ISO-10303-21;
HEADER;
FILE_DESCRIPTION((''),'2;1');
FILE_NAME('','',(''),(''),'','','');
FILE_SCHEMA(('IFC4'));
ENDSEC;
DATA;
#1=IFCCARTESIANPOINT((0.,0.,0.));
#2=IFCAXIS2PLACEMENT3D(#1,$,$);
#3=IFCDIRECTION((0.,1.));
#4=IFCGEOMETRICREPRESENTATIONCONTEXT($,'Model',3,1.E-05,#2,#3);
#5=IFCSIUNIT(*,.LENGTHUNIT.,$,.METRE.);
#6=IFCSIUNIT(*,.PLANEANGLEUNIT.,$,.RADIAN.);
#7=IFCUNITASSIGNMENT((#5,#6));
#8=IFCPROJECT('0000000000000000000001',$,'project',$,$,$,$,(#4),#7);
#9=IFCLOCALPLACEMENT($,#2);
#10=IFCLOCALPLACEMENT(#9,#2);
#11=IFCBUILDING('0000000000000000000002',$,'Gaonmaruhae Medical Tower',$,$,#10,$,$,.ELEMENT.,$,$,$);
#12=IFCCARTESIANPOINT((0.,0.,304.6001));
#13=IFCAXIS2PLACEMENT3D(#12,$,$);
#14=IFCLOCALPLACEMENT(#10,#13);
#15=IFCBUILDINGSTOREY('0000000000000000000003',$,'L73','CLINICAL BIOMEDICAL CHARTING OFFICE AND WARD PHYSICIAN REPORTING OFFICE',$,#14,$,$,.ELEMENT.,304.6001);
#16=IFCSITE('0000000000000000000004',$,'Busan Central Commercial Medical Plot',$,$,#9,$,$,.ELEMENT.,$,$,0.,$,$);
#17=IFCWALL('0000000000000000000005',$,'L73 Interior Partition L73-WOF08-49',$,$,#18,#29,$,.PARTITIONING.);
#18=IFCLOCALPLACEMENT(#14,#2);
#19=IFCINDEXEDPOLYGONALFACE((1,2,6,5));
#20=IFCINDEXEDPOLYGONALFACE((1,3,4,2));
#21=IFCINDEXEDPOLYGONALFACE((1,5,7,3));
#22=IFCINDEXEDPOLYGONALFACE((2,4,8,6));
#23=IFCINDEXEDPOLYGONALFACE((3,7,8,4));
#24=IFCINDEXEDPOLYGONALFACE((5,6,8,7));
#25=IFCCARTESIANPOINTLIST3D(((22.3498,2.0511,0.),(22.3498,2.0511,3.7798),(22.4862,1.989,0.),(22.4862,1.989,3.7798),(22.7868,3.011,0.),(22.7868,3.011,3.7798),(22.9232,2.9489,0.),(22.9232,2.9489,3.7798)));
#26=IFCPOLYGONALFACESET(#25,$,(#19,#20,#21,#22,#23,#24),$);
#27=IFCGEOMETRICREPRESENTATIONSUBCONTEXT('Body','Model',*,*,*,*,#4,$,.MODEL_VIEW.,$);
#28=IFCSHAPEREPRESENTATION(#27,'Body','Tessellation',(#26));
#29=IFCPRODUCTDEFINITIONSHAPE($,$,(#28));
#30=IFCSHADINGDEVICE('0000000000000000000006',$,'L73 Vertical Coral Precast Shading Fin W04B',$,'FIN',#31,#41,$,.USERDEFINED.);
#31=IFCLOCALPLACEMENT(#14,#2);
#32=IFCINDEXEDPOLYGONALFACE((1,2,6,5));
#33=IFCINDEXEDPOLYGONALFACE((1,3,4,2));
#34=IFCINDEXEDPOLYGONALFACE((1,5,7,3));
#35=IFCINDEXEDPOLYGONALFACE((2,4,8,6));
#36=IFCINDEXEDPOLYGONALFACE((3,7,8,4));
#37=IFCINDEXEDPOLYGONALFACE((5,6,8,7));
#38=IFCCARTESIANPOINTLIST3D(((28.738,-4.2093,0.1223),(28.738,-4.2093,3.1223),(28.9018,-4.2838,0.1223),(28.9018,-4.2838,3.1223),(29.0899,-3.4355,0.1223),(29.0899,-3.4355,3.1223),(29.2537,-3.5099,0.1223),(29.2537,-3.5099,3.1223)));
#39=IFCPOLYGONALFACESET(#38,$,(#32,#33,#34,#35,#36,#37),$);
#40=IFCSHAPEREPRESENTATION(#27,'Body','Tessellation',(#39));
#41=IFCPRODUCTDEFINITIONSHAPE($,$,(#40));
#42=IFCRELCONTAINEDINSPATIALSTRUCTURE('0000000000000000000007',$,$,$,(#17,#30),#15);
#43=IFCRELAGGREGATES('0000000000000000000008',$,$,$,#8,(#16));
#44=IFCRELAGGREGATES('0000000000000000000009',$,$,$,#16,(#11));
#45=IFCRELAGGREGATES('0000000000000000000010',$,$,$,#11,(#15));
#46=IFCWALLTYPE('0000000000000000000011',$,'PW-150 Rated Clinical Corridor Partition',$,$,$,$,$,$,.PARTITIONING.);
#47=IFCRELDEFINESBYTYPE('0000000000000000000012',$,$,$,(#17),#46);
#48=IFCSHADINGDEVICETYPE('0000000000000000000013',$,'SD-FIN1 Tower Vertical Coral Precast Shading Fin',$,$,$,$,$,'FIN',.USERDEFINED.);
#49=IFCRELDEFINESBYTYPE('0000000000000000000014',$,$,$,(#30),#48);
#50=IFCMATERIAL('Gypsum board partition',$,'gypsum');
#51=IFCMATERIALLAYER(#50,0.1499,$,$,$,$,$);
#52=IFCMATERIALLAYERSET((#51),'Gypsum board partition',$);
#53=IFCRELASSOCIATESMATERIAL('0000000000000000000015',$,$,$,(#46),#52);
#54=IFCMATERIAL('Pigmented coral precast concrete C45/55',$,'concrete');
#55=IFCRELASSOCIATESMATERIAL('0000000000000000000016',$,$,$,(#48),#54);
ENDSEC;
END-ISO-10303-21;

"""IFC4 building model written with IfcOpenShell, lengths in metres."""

from ifc_helpers import new_model, si_unit, direction, frame, frame_2d, origin, origin_2d, place, context, subcontext, project, spatial, rectangle, extrude, material, layer, layer_set, type_object, element, save


model = new_model("IFC4")

# Units and contexts
model_context = context("Model", 3, precision=1e-05, world=origin(), true_north=direction((0.0, 1.0)))
body_context = subcontext(model_context, "Body", "Model", "MODEL_VIEW")
ifc_project = project(units=[si_unit("LENGTHUNIT", "METRE"), si_unit("PLANEANGLEUNIT", "RADIAN")], contexts=[model_context])

# Site, building, storey
site_placement = place(None, origin())
site = spatial("IfcSite", under=ifc_project, at=site_placement, Name="Busan Central Commercial Medical Plot", CompositionType="ELEMENT", RefElevation=0.0)
building_placement = place(site_placement, origin())
building = spatial("IfcBuilding", under=site, at=building_placement, Name="Gaonmaruhae Medical Tower", CompositionType="ELEMENT")
storey_placement = place(building_placement, frame((0.0, 0.0, 304.6001)))
storey = spatial("IfcBuildingStorey", under=building, at=storey_placement, Name="L73", Description="CLINICAL BIOMEDICAL CHARTING OFFICE AND WARD PHYSICIAN REPORTING OFFICE", CompositionType="ELEMENT", Elevation=304.6001)

# Shared definitions
ifc_material_1 = material(Name="Gypsum board partition", Category="gypsum")
ifc_layer_1 = layer(ifc_material_1, 0.1499)
ifc_layer_set_1 = layer_set([ifc_layer_1], Name="Gypsum board partition")
wall_type_1 = type_object("IfcWallType", Name="PW-150 Rated Clinical Corridor Partition", PredefinedType="PARTITIONING", material=ifc_layer_set_1)

# Wall
wall_1_placement = place(storey_placement, frame((22.855, 2.98, 0.0), z_axis=(0.0, 0.0, 1.0), x_axis=(-0.414326, -0.910129, 0.0)))
element("IfcWall", 1, at=wall_1_placement, inside=storey, type_object=wall_type_1, Name="L73 Interior Partition L73-WOF08-49", PredefinedType="PARTITIONING", context=body_context, shape_type="SweptSolid", body=[
    extrude(rectangle(XDim=1.0547, YDim=0.1499, at=frame_2d((0.5273, 0.0))), origin(), (0.0, 0.0, 1.0), 3.7798),
])

# Shading device
ifc_material_2 = material(Name="Pigmented coral precast concrete C45/55", Category="concrete")
shading_device_type = type_object("IfcShadingDeviceType", Name="SD-FIN1 Tower Vertical Coral Precast Shading Fin", ElementType="FIN", PredefinedType="USERDEFINED", material=ifc_material_2)
shading_device_placement = place(storey_placement, frame((28.9958, -3.8596, 0.1223), z_axis=(0.0, 0.0, 1.0), x_axis=(-0.910323, 0.413899, 0.0)))
element("IfcShadingDevice", 2, at=shading_device_placement, inside=storey, type_object=shading_device_type, Name="L73 Vertical Coral Precast Shading Fin W04B", ObjectType="FIN", PredefinedType="USERDEFINED", context=body_context, shape_type="SweptSolid", body=[
    extrude(rectangle(XDim=0.1799, YDim=0.8501, at=origin_2d()), origin(), (0.0, 0.0, 1.0), 3.0),
])

save(model, "model.ifc")
